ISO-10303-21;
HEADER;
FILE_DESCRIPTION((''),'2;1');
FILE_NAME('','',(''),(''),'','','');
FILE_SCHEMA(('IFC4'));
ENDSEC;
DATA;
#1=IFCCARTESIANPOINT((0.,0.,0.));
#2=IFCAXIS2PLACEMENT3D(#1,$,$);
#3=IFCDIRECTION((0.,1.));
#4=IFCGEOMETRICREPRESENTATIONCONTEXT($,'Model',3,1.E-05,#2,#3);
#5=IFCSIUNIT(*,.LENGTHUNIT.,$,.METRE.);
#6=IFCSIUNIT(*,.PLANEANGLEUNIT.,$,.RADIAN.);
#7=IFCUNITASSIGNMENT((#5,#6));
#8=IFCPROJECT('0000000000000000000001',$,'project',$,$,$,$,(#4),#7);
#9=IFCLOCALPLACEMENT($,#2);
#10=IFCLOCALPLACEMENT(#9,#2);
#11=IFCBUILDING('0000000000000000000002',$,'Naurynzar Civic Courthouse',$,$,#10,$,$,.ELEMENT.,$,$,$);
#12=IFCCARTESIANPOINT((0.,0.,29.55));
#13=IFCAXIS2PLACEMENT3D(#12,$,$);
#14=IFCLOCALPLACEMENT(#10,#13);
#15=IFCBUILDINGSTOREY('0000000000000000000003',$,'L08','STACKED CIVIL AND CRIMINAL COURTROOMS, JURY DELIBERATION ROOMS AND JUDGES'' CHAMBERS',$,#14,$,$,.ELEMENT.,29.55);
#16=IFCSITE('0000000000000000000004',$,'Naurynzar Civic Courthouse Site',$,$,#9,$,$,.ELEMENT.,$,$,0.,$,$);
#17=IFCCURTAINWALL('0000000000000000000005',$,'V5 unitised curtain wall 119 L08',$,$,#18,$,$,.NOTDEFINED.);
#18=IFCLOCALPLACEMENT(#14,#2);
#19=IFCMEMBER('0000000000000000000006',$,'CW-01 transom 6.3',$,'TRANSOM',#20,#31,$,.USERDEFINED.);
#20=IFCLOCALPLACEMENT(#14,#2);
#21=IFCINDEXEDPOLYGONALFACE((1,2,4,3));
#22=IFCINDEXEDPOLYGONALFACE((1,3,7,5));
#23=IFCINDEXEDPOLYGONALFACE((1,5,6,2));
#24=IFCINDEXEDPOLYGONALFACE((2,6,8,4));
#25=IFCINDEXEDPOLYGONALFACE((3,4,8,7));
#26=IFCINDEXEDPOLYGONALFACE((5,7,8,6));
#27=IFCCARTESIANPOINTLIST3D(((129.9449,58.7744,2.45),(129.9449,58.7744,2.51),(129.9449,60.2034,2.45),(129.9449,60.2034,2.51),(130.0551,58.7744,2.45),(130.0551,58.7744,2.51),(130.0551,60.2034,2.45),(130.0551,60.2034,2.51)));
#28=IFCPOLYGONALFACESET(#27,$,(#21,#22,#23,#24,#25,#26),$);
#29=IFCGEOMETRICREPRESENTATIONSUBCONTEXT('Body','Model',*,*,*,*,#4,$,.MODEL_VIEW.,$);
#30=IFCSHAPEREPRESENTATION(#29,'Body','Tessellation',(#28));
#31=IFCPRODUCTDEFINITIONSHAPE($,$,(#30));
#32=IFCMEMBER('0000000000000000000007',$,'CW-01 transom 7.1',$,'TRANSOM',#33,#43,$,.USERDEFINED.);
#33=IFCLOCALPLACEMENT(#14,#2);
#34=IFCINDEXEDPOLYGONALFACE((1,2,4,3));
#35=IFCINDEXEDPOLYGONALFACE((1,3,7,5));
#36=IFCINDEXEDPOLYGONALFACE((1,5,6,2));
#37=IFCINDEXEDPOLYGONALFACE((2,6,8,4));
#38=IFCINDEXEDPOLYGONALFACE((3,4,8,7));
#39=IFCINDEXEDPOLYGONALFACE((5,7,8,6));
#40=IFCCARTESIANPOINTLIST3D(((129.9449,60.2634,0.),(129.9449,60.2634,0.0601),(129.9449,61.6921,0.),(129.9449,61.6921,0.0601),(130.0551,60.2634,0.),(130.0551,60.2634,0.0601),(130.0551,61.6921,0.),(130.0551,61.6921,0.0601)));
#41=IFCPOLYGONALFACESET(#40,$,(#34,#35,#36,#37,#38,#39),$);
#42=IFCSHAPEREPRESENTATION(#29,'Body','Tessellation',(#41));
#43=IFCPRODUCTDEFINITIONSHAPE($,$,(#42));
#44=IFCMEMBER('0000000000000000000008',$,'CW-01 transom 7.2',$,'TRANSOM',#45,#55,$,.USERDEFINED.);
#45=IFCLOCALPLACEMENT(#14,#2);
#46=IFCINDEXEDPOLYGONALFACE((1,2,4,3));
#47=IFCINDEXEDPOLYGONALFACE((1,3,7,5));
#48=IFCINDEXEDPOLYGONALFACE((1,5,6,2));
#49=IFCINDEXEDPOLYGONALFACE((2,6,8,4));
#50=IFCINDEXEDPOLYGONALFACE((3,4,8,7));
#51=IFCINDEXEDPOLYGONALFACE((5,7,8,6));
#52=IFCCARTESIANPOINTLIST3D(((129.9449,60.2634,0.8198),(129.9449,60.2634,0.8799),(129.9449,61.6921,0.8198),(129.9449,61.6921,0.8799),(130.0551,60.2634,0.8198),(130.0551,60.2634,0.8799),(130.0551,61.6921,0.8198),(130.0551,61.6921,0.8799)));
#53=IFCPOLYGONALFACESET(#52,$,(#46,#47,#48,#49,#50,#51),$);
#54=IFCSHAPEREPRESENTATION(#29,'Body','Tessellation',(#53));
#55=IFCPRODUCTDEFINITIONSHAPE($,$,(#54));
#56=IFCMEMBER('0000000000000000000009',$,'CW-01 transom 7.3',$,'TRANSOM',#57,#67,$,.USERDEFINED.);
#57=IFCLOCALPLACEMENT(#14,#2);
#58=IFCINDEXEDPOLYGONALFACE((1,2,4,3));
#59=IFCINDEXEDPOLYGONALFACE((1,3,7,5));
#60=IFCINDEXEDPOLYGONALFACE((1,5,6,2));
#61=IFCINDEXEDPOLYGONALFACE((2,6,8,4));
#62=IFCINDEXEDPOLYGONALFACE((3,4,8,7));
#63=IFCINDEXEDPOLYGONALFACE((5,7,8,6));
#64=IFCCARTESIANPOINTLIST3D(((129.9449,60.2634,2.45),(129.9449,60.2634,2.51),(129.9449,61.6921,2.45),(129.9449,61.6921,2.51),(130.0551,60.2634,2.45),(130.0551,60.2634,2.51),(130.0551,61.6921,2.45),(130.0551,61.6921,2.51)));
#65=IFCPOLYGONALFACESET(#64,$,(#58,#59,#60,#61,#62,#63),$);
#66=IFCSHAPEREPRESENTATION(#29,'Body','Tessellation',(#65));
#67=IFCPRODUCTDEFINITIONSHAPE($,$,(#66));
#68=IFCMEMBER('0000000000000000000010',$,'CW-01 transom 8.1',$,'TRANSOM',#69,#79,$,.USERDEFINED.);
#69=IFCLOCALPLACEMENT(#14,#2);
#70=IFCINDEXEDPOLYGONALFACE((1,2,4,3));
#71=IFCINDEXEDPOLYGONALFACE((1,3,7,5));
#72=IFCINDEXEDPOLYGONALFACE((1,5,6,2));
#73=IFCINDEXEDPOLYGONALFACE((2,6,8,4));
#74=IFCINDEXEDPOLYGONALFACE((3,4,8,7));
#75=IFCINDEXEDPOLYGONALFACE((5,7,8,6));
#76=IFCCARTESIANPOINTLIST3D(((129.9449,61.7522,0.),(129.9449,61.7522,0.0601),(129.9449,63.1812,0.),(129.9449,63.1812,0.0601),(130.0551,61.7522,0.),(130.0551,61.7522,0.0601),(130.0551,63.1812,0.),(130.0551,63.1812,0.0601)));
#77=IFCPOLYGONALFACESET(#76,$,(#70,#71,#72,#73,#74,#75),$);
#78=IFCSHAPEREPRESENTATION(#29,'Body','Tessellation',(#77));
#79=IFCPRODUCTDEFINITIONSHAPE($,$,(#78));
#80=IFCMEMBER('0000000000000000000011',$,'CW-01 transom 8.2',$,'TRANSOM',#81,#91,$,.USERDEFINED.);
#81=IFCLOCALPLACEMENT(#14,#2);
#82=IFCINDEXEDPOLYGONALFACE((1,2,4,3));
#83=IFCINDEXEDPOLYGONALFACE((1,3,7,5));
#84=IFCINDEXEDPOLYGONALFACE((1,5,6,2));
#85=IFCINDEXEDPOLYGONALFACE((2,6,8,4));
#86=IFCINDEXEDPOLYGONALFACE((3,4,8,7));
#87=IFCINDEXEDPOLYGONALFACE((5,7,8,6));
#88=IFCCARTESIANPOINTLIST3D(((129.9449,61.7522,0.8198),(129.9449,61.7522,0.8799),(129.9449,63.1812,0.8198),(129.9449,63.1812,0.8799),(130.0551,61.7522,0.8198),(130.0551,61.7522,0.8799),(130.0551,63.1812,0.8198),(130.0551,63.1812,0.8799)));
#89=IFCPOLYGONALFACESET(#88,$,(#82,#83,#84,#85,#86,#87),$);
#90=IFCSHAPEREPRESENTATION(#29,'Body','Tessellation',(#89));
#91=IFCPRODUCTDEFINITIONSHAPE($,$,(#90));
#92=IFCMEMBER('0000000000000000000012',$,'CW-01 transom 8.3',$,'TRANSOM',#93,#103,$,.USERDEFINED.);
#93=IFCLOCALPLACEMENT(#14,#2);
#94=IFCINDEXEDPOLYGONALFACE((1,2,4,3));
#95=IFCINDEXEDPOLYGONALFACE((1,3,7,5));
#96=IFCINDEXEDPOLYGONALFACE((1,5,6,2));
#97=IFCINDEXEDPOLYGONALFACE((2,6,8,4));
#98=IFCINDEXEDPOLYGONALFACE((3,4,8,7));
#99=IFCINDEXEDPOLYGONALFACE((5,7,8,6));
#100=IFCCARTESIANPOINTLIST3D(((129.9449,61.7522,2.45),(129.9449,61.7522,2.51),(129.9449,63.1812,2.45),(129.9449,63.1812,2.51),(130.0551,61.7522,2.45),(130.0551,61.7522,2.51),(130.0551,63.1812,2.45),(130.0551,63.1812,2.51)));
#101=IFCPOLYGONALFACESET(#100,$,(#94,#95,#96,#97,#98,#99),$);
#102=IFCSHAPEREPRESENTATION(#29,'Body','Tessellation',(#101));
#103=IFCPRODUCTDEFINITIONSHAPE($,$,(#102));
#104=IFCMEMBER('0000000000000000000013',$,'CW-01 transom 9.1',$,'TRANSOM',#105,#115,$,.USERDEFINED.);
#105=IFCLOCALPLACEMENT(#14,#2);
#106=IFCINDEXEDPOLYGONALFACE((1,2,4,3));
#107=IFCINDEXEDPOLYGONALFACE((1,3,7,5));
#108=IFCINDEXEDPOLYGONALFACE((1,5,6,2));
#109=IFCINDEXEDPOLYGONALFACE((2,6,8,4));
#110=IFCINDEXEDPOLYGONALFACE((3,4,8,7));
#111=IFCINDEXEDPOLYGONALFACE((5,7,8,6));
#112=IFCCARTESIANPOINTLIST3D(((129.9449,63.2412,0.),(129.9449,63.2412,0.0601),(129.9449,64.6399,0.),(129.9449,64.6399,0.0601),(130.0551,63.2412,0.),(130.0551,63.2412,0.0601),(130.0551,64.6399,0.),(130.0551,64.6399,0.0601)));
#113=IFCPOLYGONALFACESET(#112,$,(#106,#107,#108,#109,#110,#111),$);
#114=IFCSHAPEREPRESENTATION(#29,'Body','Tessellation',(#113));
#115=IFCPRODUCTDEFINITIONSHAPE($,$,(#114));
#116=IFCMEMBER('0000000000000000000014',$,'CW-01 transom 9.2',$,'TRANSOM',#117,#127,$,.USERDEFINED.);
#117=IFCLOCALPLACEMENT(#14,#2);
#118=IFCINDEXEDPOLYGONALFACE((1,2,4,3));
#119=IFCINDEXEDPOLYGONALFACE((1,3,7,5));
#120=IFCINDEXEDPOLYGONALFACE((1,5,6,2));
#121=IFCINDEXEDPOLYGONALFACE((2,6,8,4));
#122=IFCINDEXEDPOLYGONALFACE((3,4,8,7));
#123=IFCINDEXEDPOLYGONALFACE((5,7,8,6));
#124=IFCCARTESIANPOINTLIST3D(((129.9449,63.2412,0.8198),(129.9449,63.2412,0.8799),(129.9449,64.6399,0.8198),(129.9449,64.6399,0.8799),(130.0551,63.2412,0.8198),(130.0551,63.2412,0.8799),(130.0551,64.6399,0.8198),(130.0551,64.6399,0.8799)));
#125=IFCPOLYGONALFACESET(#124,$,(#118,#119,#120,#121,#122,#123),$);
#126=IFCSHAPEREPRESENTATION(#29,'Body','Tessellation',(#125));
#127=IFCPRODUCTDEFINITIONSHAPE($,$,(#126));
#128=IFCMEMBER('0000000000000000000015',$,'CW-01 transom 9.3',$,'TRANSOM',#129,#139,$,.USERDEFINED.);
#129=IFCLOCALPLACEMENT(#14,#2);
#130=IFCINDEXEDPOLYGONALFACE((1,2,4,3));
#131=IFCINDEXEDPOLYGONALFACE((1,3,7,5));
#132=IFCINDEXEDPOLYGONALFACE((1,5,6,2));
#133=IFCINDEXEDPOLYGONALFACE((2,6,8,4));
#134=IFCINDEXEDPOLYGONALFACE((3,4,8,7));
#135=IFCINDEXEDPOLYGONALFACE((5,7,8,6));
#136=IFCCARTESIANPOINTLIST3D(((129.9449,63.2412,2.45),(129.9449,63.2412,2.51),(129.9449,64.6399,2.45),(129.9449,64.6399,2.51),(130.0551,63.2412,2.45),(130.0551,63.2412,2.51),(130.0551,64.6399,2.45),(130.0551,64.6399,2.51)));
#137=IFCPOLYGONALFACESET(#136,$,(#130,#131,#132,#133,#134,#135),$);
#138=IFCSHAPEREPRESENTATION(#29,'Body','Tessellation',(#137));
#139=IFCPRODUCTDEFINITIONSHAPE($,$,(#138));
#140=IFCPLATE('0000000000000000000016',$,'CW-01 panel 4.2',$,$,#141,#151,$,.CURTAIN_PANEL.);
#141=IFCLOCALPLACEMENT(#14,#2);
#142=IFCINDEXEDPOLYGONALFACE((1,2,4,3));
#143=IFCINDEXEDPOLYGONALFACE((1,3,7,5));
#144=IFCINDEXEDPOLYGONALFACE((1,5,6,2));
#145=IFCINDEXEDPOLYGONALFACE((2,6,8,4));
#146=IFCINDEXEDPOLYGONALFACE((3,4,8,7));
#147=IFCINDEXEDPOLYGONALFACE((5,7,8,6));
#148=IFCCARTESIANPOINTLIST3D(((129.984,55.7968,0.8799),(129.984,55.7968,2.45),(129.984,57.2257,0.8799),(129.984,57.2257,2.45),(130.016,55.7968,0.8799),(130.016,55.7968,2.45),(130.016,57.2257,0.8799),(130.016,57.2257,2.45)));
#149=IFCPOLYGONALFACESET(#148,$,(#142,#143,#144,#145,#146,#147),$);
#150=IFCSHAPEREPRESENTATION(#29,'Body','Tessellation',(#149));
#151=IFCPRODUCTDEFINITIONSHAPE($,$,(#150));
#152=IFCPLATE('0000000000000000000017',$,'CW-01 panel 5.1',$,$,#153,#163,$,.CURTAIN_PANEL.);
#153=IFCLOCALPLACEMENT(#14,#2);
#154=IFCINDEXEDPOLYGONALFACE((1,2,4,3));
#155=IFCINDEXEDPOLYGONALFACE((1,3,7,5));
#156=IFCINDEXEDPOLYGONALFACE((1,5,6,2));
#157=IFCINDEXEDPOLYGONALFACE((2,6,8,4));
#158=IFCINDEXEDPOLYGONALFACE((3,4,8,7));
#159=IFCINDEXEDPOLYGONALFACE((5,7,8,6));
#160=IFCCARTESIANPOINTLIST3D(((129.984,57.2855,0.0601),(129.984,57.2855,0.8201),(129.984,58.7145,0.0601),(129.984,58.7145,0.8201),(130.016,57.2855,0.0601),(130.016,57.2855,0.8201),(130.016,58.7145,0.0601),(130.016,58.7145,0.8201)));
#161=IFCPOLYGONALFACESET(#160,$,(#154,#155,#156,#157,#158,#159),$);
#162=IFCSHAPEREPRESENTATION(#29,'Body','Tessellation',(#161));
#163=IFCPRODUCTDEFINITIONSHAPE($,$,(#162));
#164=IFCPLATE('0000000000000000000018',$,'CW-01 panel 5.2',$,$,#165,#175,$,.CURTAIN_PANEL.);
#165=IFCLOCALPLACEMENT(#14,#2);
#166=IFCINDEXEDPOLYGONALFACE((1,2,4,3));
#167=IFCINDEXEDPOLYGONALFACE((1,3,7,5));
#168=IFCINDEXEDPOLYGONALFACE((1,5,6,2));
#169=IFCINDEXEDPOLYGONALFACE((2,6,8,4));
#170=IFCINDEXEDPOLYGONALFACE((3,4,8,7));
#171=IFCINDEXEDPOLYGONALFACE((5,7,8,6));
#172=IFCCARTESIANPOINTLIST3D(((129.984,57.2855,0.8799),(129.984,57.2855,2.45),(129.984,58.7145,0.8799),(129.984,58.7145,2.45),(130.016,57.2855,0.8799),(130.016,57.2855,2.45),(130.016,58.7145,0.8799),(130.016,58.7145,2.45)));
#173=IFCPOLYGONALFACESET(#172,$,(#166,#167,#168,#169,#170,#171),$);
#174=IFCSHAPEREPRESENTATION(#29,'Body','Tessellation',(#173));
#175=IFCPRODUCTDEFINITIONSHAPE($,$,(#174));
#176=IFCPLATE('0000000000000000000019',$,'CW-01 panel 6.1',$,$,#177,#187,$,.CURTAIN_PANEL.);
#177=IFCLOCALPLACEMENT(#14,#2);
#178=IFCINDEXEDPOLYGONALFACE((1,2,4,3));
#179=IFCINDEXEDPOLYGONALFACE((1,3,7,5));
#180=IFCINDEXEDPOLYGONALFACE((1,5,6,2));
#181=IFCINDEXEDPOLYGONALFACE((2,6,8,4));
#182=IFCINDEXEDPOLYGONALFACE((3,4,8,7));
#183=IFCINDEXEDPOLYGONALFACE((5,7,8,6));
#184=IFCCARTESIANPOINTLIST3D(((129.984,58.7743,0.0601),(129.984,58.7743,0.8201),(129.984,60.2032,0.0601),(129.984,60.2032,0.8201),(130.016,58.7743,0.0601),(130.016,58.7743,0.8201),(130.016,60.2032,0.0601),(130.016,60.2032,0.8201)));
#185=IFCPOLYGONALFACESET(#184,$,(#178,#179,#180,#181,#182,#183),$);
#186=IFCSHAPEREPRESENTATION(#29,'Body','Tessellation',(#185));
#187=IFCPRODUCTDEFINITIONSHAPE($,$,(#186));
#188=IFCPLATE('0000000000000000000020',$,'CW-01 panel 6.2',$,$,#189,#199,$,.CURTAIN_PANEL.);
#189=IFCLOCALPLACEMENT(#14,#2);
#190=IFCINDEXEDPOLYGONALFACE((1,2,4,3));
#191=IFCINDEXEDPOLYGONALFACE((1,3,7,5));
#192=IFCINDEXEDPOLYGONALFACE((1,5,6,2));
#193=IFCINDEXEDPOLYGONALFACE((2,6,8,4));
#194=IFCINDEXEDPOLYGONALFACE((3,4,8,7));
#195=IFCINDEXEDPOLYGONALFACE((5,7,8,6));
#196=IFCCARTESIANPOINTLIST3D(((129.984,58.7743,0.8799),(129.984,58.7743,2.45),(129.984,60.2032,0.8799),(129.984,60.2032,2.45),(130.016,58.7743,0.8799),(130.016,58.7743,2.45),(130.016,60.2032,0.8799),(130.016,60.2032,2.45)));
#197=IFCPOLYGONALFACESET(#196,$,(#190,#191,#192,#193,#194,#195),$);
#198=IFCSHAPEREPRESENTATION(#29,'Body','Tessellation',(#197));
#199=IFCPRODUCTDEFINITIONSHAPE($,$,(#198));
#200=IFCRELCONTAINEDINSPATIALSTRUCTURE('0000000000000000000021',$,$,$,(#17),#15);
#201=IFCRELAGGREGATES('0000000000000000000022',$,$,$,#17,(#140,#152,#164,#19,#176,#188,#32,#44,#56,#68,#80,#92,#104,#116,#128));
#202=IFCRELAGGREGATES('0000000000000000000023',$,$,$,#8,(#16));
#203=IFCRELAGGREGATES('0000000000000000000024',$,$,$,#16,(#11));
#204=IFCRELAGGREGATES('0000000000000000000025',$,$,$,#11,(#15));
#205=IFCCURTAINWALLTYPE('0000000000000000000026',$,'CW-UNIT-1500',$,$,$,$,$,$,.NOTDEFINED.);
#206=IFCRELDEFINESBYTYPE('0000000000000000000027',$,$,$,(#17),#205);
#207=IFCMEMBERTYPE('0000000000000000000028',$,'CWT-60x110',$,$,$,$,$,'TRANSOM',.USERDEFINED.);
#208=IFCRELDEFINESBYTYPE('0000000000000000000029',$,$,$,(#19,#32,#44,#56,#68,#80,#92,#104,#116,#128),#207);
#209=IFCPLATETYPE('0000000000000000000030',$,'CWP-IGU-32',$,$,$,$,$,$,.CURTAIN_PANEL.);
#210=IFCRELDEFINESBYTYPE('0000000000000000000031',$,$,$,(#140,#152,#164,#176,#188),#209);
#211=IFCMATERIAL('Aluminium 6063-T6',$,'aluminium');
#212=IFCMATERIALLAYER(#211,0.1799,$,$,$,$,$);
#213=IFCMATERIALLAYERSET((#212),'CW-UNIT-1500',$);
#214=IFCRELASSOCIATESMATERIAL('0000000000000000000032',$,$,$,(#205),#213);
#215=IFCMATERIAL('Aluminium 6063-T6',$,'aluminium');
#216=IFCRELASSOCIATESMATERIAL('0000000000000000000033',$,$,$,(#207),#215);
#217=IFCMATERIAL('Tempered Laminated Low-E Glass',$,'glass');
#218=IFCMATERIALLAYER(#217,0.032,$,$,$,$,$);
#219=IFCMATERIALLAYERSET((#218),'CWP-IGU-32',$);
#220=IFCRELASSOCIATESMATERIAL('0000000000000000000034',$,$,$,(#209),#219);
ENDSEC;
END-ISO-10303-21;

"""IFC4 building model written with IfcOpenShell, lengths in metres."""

from ifc_helpers import new_model, si_unit, direction, frame, origin, origin_2d, place, context, subcontext, project, spatial, rectangle, extrude, material, layer, layer_set, material_profile, profile_set, type_object, element, aggregate, save


model = new_model("IFC4")

# Units and contexts
model_context = context("Model", 3, precision=1e-05, world=origin(), true_north=direction((0.0, 1.0)))
body_context = subcontext(model_context, "Body", "Model", "MODEL_VIEW")
ifc_project = project(units=[si_unit("LENGTHUNIT", "METRE"), si_unit("PLANEANGLEUNIT", "RADIAN")], contexts=[model_context])

# Site, building, storey
site_placement = place(None, origin())
site = spatial("IfcSite", under=ifc_project, at=site_placement, Name="Naurynzar Civic Courthouse Site", CompositionType="ELEMENT", RefElevation=0.0)
building_placement = place(site_placement, origin())
building = spatial("IfcBuilding", under=site, at=building_placement, Name="Naurynzar Civic Courthouse", CompositionType="ELEMENT")
storey_placement = place(building_placement, frame((0.0, 0.0, 29.55)))
storey = spatial("IfcBuildingStorey", under=building, at=storey_placement, Name="L08", Description="STACKED CIVIL AND CRIMINAL COURTROOMS, JURY DELIBERATION ROOMS AND JUDGES' CHAMBERS", CompositionType="ELEMENT", Elevation=29.55)

# Curtain wall, members, plates
ifc_material_1 = material(Name="Aluminium 6063-T6", Category="aluminium")
ifc_layer_1 = layer(ifc_material_1, 0.1799)
ifc_layer_set_1 = layer_set([ifc_layer_1], Name="CW-UNIT-1500")
curtain_wall_type = type_object("IfcCurtainWallType", Name="CW-UNIT-1500", PredefinedType="NOTDEFINED", material=ifc_layer_set_1)
curtain_wall_placement = place(storey_placement, origin())
curtain_wall = element("IfcCurtainWall", 1, at=curtain_wall_placement, inside=storey, type_object=curtain_wall_type, Name="V5 unitised curtain wall 119 L08", PredefinedType="NOTDEFINED")
ifc_material_2 = material(Name="Aluminium 6063-T6", Category="aluminium")
ifc_material_profile_1 = material_profile(ifc_material_2, rectangle(XDim=0.1101, YDim=0.0601, at=origin_2d()), Name="ALU TRANSOM 60x110")
ifc_profile_set_1 = profile_set([ifc_material_profile_1], Name="Aluminium 6063-T6")
member_type_1 = type_object("IfcMemberType", Name="CWT-60x110", ElementType="TRANSOM", PredefinedType="USERDEFINED", material=ifc_profile_set_1)
member_1_placement = place(storey_placement, frame((130.0, 58.7744, 2.48), z_axis=(0.0, 1.0, 0.0), x_axis=(-1.0, 0.0, 0.0)))
member_1 = element("IfcMember", 2, at=member_1_placement, type_object=member_type_1, Name="CW-01 transom 6.3", ObjectType="TRANSOM", PredefinedType="USERDEFINED", context=body_context, shape_type="SweptSolid", body=[
    extrude(rectangle(XDim=0.1101, YDim=0.0601, at=origin_2d()), origin(), (0.0, 0.0, 1.0), 1.429),
])
member_2_placement = place(storey_placement, frame((130.0, 60.2634, 0.03), z_axis=(0.0, 1.0, 0.0), x_axis=(-1.0, 0.0, 0.0)))
member_2 = element("IfcMember", 3, at=member_2_placement, type_object=member_type_1, Name="CW-01 transom 7.1", ObjectType="TRANSOM", PredefinedType="USERDEFINED", context=body_context, shape_type="SweptSolid", body=[
    extrude(rectangle(XDim=0.1101, YDim=0.0601, at=origin_2d()), origin(), (0.0, 0.0, 1.0), 1.4287),
])
member_3_placement = place(storey_placement, frame((130.0, 60.2634, 0.8499), z_axis=(0.0, 1.0, 0.0), x_axis=(-1.0, 0.0, 0.0)))
member_3 = element("IfcMember", 4, at=member_3_placement, type_object=member_type_1, Name="CW-01 transom 7.2", ObjectType="TRANSOM", PredefinedType="USERDEFINED", context=body_context, shape_type="SweptSolid", body=[
    extrude(rectangle(XDim=0.1101, YDim=0.0601, at=origin_2d()), origin(), (0.0, 0.0, 1.0), 1.4287),
])
member_4_placement = place(storey_placement, frame((130.0, 60.2634, 2.48), z_axis=(0.0, 1.0, 0.0), x_axis=(-1.0, 0.0, 0.0)))
member_4 = element("IfcMember", 5, at=member_4_placement, type_object=member_type_1, Name="CW-01 transom 7.3", ObjectType="TRANSOM", PredefinedType="USERDEFINED", context=body_context, shape_type="SweptSolid", body=[
    extrude(rectangle(XDim=0.1101, YDim=0.0601, at=origin_2d()), origin(), (0.0, 0.0, 1.0), 1.4287),
])
member_5_placement = place(storey_placement, frame((130.0, 61.7522, 0.03), z_axis=(0.0, 1.0, 0.0), x_axis=(-1.0, 0.0, 0.0)))
member_5 = element("IfcMember", 6, at=member_5_placement, type_object=member_type_1, Name="CW-01 transom 8.1", ObjectType="TRANSOM", PredefinedType="USERDEFINED", context=body_context, shape_type="SweptSolid", body=[
    extrude(rectangle(XDim=0.1101, YDim=0.0601, at=origin_2d()), origin(), (0.0, 0.0, 1.0), 1.429),
])
member_6_placement = place(storey_placement, frame((130.0, 61.7522, 0.8499), z_axis=(0.0, 1.0, 0.0), x_axis=(-1.0, 0.0, 0.0)))
member_6 = element("IfcMember", 7, at=member_6_placement, type_object=member_type_1, Name="CW-01 transom 8.2", ObjectType="TRANSOM", PredefinedType="USERDEFINED", context=body_context, shape_type="SweptSolid", body=[
    extrude(rectangle(XDim=0.1101, YDim=0.0601, at=origin_2d()), origin(), (0.0, 0.0, 1.0), 1.429),
])
member_7_placement = place(storey_placement, frame((130.0, 61.7522, 2.48), z_axis=(0.0, 1.0, 0.0), x_axis=(-1.0, 0.0, 0.0)))
member_7 = element("IfcMember", 8, at=member_7_placement, type_object=member_type_1, Name="CW-01 transom 8.3", ObjectType="TRANSOM", PredefinedType="USERDEFINED", context=body_context, shape_type="SweptSolid", body=[
    extrude(rectangle(XDim=0.1101, YDim=0.0601, at=origin_2d()), origin(), (0.0, 0.0, 1.0), 1.429),
])
member_8_placement = place(storey_placement, frame((130.0, 63.2412, 0.03), z_axis=(0.0, 1.0, 0.0), x_axis=(-1.0, 0.0, 0.0)))
member_8 = element("IfcMember", 9, at=member_8_placement, type_object=member_type_1, Name="CW-01 transom 9.1", ObjectType="TRANSOM", PredefinedType="USERDEFINED", context=body_context, shape_type="SweptSolid", body=[
    extrude(rectangle(XDim=0.1101, YDim=0.0601, at=origin_2d()), origin(), (0.0, 0.0, 1.0), 1.3987),
])
member_9_placement = place(storey_placement, frame((130.0, 63.2412, 0.8499), z_axis=(0.0, 1.0, 0.0), x_axis=(-1.0, 0.0, 0.0)))
member_9 = element("IfcMember", 10, at=member_9_placement, type_object=member_type_1, Name="CW-01 transom 9.2", ObjectType="TRANSOM", PredefinedType="USERDEFINED", context=body_context, shape_type="SweptSolid", body=[
    extrude(rectangle(XDim=0.1101, YDim=0.0601, at=origin_2d()), origin(), (0.0, 0.0, 1.0), 1.3987),
])
member_10_placement = place(storey_placement, frame((130.0, 63.2412, 2.48), z_axis=(0.0, 1.0, 0.0), x_axis=(-1.0, 0.0, 0.0)))
member_10 = element("IfcMember", 11, at=member_10_placement, type_object=member_type_1, Name="CW-01 transom 9.3", ObjectType="TRANSOM", PredefinedType="USERDEFINED", context=body_context, shape_type="SweptSolid", body=[
    extrude(rectangle(XDim=0.1101, YDim=0.0601, at=origin_2d()), origin(), (0.0, 0.0, 1.0), 1.3987),
])
ifc_material_3 = material(Name="Tempered Laminated Low-E Glass", Category="glass")
ifc_layer_2 = layer(ifc_material_3, 0.032)
ifc_layer_set_2 = layer_set([ifc_layer_2], Name="CWP-IGU-32")
plate_type = type_object("IfcPlateType", Name="CWP-IGU-32", PredefinedType="CURTAIN_PANEL", material=ifc_layer_set_2)
plate_1_placement = place(storey_placement, frame((130.0, 56.5112, 0.8799), z_axis=(0.0, 0.0, 1.0), x_axis=(0.0, 1.0, 0.0)))
plate_1 = element("IfcPlate", 12, at=plate_1_placement, type_object=plate_type, Name="CW-01 panel 4.2", PredefinedType="CURTAIN_PANEL", context=body_context, shape_type="SweptSolid", body=[
    extrude(rectangle(XDim=1.429, YDim=0.032, at=origin_2d()), origin(), (0.0, 0.0, 1.0), 1.5701),
])
plate_2_placement = place(storey_placement, frame((130.0, 58.0, 0.0601), z_axis=(0.0, 0.0, 1.0), x_axis=(0.0, 1.0, 0.0)))
plate_2 = element("IfcPlate", 13, at=plate_2_placement, type_object=plate_type, Name="CW-01 panel 5.1", PredefinedType="CURTAIN_PANEL", context=body_context, shape_type="SweptSolid", body=[
    extrude(rectangle(XDim=1.429, YDim=0.032, at=origin_2d()), origin(), (0.0, 0.0, 1.0), 0.76),
])
plate_3_placement = place(storey_placement, frame((130.0, 58.0, 0.8799), z_axis=(0.0, 0.0, 1.0), x_axis=(0.0, 1.0, 0.0)))
plate_3 = element("IfcPlate", 14, at=plate_3_placement, type_object=plate_type, Name="CW-01 panel 5.2", PredefinedType="CURTAIN_PANEL", context=body_context, shape_type="SweptSolid", body=[
    extrude(rectangle(XDim=1.429, YDim=0.032, at=origin_2d()), origin(), (0.0, 0.0, 1.0), 1.5701),
])
plate_4_placement = place(storey_placement, frame((130.0, 59.4888, 0.0601), z_axis=(0.0, 0.0, 1.0), x_axis=(0.0, 1.0, 0.0)))
plate_4 = element("IfcPlate", 15, at=plate_4_placement, type_object=plate_type, Name="CW-01 panel 6.1", PredefinedType="CURTAIN_PANEL", context=body_context, shape_type="SweptSolid", body=[
    extrude(rectangle(XDim=1.429, YDim=0.032, at=origin_2d()), origin(), (0.0, 0.0, 1.0), 0.76),
])
plate_5_placement = place(storey_placement, frame((130.0, 59.4888, 0.8799), z_axis=(0.0, 0.0, 1.0), x_axis=(0.0, 1.0, 0.0)))
plate_5 = element("IfcPlate", 16, at=plate_5_placement, type_object=plate_type, Name="CW-01 panel 6.2", PredefinedType="CURTAIN_PANEL", context=body_context, shape_type="SweptSolid", body=[
    extrude(rectangle(XDim=1.429, YDim=0.032, at=origin_2d()), origin(), (0.0, 0.0, 1.0), 1.5701),
])
aggregate(curtain_wall, [plate_1, plate_2, plate_3, member_1, plate_4, plate_5, member_2, member_3, member_4, member_5, member_6, member_7, member_8, member_9, member_10])

save(model, "model.ifc")
